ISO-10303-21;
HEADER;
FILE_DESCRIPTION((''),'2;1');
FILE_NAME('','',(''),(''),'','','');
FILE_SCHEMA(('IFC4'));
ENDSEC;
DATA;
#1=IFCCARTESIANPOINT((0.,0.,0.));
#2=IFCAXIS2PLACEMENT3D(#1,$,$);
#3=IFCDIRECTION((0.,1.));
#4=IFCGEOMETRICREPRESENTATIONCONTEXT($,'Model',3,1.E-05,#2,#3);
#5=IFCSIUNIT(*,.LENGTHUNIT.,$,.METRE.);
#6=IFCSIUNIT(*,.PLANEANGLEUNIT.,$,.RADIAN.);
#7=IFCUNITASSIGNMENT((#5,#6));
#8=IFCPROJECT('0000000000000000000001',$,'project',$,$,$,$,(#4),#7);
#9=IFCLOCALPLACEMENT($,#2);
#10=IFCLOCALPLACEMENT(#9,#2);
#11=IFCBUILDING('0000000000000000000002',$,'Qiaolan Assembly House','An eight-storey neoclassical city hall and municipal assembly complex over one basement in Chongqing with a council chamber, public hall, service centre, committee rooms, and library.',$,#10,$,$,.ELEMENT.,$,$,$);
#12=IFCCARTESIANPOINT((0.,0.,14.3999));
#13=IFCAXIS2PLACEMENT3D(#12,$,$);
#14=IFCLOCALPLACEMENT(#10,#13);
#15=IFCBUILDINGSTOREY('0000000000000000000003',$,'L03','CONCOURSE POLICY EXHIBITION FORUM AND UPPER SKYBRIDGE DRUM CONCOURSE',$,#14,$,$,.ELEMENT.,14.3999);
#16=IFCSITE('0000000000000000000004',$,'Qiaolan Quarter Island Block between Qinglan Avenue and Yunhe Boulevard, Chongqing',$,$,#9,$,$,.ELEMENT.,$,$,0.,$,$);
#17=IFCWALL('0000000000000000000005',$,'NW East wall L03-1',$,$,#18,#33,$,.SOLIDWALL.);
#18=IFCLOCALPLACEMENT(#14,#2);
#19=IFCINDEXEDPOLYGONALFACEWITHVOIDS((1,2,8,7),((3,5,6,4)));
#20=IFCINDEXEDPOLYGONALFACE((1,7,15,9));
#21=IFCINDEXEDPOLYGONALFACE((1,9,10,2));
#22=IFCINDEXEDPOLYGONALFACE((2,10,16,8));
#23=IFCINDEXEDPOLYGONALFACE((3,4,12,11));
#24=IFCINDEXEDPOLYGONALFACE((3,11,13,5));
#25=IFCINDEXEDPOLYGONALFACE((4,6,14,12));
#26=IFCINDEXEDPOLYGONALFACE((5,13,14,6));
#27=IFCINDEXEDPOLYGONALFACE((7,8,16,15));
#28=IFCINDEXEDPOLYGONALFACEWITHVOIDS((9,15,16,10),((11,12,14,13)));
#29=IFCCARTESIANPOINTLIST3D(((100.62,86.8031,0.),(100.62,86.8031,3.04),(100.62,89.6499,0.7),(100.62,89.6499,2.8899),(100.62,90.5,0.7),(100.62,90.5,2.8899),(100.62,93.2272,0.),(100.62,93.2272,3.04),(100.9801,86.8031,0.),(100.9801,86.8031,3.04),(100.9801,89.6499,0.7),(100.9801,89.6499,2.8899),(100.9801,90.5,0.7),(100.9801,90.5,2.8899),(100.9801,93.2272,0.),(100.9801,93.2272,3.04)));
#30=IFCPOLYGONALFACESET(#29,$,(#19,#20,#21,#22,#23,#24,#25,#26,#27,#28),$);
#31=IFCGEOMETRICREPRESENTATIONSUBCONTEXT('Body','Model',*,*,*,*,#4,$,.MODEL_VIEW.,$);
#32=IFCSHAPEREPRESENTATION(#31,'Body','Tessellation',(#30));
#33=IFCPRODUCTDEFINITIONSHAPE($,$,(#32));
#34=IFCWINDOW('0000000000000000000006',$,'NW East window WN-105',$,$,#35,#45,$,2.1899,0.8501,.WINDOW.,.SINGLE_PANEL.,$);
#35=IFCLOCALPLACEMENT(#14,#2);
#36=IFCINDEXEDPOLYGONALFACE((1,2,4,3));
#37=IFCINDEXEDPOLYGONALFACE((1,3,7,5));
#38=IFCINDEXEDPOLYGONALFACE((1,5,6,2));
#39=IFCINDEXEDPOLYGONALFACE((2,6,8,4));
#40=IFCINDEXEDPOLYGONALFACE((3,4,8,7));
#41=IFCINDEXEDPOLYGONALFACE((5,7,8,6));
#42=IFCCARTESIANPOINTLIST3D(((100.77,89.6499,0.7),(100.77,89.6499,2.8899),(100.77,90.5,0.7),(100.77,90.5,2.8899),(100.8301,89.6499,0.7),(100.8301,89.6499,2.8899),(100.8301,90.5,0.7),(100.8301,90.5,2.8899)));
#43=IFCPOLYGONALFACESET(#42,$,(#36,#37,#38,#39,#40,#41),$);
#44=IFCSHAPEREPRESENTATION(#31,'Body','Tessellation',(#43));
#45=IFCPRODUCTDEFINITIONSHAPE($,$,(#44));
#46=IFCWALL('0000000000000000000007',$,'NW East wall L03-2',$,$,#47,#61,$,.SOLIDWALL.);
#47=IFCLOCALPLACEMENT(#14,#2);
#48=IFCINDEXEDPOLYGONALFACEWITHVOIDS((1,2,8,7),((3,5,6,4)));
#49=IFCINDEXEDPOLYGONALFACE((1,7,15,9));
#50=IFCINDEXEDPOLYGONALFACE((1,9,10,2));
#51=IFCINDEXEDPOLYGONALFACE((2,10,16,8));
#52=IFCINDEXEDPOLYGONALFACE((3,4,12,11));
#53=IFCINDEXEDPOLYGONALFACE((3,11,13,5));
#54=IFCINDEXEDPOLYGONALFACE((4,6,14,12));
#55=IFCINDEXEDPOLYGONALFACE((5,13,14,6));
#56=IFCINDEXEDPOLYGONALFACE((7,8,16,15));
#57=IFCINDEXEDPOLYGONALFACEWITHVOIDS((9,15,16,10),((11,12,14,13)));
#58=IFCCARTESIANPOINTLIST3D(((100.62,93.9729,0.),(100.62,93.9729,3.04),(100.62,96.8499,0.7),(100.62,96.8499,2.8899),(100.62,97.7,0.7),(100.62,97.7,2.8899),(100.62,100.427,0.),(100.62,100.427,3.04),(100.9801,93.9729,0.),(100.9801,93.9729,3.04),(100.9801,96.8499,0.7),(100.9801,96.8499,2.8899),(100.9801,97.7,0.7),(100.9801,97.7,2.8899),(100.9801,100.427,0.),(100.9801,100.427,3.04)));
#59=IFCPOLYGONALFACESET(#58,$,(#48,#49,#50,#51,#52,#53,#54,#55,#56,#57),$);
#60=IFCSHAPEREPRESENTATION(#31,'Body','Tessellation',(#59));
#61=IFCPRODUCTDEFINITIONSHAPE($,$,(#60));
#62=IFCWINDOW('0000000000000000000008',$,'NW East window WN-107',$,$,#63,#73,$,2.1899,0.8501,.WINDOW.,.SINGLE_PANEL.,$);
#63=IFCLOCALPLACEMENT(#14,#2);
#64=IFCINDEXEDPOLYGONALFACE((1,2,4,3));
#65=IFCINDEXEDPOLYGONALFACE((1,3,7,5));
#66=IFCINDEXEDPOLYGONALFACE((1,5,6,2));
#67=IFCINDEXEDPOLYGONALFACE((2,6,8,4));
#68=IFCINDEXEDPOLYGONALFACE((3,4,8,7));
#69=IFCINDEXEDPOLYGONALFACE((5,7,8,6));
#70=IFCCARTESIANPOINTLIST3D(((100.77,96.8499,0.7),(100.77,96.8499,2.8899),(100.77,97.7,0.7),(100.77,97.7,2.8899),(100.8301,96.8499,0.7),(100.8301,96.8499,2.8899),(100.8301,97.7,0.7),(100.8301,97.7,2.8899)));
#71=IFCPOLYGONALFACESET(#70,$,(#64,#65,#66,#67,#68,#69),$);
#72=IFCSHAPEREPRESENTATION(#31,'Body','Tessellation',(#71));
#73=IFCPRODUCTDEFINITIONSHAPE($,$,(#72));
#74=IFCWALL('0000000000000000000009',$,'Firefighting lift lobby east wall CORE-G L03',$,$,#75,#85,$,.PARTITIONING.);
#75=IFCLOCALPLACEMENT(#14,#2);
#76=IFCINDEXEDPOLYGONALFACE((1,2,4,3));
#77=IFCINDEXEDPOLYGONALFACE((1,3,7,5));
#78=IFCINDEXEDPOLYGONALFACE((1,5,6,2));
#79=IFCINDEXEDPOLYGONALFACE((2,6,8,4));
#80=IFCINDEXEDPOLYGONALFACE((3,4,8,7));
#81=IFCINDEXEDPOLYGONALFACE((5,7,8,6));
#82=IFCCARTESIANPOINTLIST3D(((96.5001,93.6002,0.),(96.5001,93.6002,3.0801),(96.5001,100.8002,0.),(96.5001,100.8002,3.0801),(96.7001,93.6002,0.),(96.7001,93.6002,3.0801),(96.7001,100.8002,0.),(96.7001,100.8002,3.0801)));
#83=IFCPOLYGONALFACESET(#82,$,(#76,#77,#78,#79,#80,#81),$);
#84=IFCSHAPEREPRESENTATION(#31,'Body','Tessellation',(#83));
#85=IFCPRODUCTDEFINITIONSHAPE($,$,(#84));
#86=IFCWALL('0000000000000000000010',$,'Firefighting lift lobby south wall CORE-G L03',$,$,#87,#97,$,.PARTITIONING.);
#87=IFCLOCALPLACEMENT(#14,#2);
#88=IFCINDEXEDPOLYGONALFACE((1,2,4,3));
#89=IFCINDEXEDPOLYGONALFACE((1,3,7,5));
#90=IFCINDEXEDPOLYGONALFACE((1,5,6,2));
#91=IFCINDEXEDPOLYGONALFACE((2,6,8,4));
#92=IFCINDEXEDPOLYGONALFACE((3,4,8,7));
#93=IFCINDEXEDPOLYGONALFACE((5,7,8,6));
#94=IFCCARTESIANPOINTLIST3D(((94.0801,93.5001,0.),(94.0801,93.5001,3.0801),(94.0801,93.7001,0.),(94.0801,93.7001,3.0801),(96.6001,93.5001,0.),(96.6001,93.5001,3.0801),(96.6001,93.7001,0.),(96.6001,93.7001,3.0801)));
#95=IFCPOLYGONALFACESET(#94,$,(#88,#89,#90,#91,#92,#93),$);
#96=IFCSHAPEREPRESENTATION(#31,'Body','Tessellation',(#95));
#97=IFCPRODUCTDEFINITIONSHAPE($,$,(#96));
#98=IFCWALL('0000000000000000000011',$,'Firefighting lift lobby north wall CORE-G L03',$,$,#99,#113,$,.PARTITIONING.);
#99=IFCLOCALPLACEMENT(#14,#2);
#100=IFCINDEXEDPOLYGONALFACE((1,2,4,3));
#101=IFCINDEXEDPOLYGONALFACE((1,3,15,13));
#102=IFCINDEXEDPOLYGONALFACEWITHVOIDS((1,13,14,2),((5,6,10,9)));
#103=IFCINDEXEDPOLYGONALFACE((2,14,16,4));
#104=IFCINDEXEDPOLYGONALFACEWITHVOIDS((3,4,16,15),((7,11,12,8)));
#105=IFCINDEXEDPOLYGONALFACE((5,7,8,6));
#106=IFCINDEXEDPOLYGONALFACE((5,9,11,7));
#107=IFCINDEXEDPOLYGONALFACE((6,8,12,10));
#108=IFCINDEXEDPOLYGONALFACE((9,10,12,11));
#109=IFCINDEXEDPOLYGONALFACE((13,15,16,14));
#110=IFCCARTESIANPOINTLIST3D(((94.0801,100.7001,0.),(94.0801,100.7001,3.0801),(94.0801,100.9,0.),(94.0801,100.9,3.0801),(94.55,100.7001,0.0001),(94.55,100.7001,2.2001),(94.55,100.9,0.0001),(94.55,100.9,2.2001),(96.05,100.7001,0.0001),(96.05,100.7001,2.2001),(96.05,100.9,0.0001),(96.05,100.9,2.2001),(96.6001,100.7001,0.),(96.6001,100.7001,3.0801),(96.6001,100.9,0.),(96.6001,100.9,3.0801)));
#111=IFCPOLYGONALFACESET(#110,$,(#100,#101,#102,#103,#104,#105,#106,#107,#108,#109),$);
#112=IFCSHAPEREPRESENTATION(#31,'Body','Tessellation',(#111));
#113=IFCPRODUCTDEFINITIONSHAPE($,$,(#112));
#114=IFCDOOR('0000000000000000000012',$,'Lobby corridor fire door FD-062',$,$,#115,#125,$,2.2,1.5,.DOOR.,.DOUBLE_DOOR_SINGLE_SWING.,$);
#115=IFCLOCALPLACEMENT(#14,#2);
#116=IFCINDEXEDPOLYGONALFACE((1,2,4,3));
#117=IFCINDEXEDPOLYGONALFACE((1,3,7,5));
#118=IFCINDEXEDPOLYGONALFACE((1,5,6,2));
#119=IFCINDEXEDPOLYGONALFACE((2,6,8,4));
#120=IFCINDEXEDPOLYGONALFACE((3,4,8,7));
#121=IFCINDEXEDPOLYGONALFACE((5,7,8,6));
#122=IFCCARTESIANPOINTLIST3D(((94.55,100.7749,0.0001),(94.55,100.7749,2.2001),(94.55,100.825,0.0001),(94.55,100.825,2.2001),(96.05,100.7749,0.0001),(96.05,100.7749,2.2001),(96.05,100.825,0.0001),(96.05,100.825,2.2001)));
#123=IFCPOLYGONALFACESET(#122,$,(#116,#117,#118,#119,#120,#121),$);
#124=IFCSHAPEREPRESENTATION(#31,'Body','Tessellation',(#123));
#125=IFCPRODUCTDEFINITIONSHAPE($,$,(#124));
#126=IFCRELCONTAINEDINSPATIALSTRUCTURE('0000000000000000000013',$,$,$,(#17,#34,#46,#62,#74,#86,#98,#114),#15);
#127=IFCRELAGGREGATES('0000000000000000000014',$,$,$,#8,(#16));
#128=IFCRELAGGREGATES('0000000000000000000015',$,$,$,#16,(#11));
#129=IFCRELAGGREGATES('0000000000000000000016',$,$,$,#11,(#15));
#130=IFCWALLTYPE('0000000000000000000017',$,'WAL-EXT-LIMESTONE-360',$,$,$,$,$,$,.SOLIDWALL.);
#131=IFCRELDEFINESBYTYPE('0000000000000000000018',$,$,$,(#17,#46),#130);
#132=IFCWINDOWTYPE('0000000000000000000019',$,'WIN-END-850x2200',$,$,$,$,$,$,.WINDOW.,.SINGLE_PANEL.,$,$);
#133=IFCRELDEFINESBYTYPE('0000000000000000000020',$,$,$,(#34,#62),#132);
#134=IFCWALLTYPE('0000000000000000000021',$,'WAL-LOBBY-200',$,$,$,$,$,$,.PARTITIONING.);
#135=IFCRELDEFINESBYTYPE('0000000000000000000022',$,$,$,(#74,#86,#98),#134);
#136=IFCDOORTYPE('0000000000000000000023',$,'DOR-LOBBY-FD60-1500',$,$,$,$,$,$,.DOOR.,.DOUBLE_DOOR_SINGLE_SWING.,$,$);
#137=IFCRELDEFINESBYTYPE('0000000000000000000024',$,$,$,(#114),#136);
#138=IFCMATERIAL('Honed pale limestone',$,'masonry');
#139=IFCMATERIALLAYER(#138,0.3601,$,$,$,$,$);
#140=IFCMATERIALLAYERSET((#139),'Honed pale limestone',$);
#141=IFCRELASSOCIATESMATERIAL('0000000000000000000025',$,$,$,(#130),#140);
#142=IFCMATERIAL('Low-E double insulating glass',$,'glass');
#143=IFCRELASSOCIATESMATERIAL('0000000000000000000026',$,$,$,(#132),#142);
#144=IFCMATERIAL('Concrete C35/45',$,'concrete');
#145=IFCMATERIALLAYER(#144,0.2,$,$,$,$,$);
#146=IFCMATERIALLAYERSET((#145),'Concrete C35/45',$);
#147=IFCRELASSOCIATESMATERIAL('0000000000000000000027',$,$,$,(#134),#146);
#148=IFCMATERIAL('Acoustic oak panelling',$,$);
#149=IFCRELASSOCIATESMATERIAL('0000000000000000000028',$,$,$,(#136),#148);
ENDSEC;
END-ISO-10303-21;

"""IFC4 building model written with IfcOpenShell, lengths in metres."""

from ifc_helpers import new_model, si_unit, direction, frame, frame_2d, origin, place, context, subcontext, project, spatial, rectangle, extrude, material, layer, layer_set, type_object, element, fill, save


model = new_model("IFC4")

# Units and contexts
model_context = context("Model", 3, precision=1e-05, world=origin(), true_north=direction((0.0, 1.0)))
body_context = subcontext(model_context, "Body", "Model", "MODEL_VIEW")
ifc_project = project(units=[si_unit("LENGTHUNIT", "METRE"), si_unit("PLANEANGLEUNIT", "RADIAN")], contexts=[model_context])

# Site, building, storey
site_placement = place(None, origin())
site = spatial("IfcSite", under=ifc_project, at=site_placement, Name="Qiaolan Quarter Island Block between Qinglan Avenue and Yunhe Boulevard, Chongqing", CompositionType="ELEMENT", RefElevation=0.0)
building_placement = place(site_placement, origin())
building = spatial("IfcBuilding", under=site, at=building_placement, Name="Qiaolan Assembly House", Description="An eight-storey neoclassical city hall and municipal assembly complex over one basement in Chongqing with a council chamber, public hall, service centre, committee rooms, and library.", CompositionType="ELEMENT")
storey_placement = place(building_placement, frame((0.0, 0.0, 14.3999)))
storey = spatial("IfcBuildingStorey", under=building, at=storey_placement, Name="L03", Description="CONCOURSE POLICY EXHIBITION FORUM AND UPPER SKYBRIDGE DRUM CONCOURSE", CompositionType="ELEMENT", Elevation=14.3999)

# Walls, openings, windows
ifc_material_1 = material(Name="Honed pale limestone", Category="masonry")
ifc_layer_1 = layer(ifc_material_1, 0.3601)
ifc_layer_set_1 = layer_set([ifc_layer_1], Name="Honed pale limestone")
wall_type_1 = type_object("IfcWallType", Name="WAL-EXT-LIMESTONE-360", PredefinedType="SOLIDWALL", material=ifc_layer_set_1)
wall_1_placement = place(storey_placement, frame((100.8, 93.2271, 0.0), z_axis=(0.0, 0.0, 1.0), x_axis=(0.0, -1.0, 0.0)))
wall_1 = element("IfcWall", 1, at=wall_1_placement, inside=storey, type_object=wall_type_1, Name="NW East wall L03-1", PredefinedType="SOLIDWALL", context=body_context, shape_type="SweptSolid", body=[
    extrude(rectangle(XDim=6.4241, YDim=0.3601, at=frame_2d((3.2119, 0.0))), origin(), (0.0, 0.0, 1.0), 3.04),
])
opening_1_placement = place(wall_1_placement, frame((2.7271, 0.0, 0.7)))
opening_1 = element("IfcOpeningElement", 2, at=opening_1_placement, cuts=wall_1, PredefinedType="OPENING", context=body_context, shape_type="SweptSolid", body=[
    extrude(rectangle(XDim=0.8501, YDim=2.1899, at=frame_2d((0.425, 1.095))), frame((0.0, 0.1899, 0.0), z_axis=(0.0, -1.0, 0.0), x_axis=(1.0, 0.0, 0.0)), (0.0, 0.0, 1.0), 0.3801),
])
ifc_material_2 = material(Name="Low-E double insulating glass", Category="glass")
window_type = type_object("IfcWindowType", Name="WIN-END-850x2200", PartitioningType="SINGLE_PANEL", PredefinedType="WINDOW", material=ifc_material_2)
window_1_placement = place(opening_1_placement, origin())
window_1 = element("IfcWindow", 3, at=window_1_placement, inside=storey, type_object=window_type, Name="NW East window WN-105", OverallHeight=2.1899, OverallWidth=0.8501, PartitioningType="SINGLE_PANEL", PredefinedType="WINDOW", context=body_context, shape_type="SweptSolid", body=[
    extrude(rectangle(XDim=0.8501, YDim=2.1899, at=frame_2d((0.425, 1.095))), frame((0.0, 0.03, 0.0), z_axis=(0.0, -1.0, 0.0), x_axis=(1.0, 0.0, 0.0)), (0.0, 0.0, 1.0), 0.0601),
])
fill(opening_1, window_1)
wall_2_placement = place(storey_placement, frame((100.8, 100.427, 0.0), z_axis=(0.0, 0.0, 1.0), x_axis=(0.0, -1.0, 0.0)))
wall_2 = element("IfcWall", 4, at=wall_2_placement, inside=storey, type_object=wall_type_1, Name="NW East wall L03-2", PredefinedType="SOLIDWALL", context=body_context, shape_type="SweptSolid", body=[
    extrude(rectangle(XDim=6.4541, YDim=0.3601, at=frame_2d((3.2271, 0.0))), origin(), (0.0, 0.0, 1.0), 3.04),
])
opening_2_placement = place(wall_2_placement, frame((2.7271, 0.0, 0.7)))
opening_2 = element("IfcOpeningElement", 5, at=opening_2_placement, cuts=wall_2, PredefinedType="OPENING", context=body_context, shape_type="SweptSolid", body=[
    extrude(rectangle(XDim=0.8501, YDim=2.1899, at=frame_2d((0.425, 1.095))), frame((0.0, 0.1899, 0.0), z_axis=(0.0, -1.0, 0.0), x_axis=(1.0, 0.0, 0.0)), (0.0, 0.0, 1.0), 0.3801),
])
window_2_placement = place(opening_2_placement, origin())
window_2 = element("IfcWindow", 6, at=window_2_placement, inside=storey, type_object=window_type, Name="NW East window WN-107", OverallHeight=2.1899, OverallWidth=0.8501, PartitioningType="SINGLE_PANEL", PredefinedType="WINDOW", context=body_context, shape_type="SweptSolid", body=[
    extrude(rectangle(XDim=0.8501, YDim=2.1899, at=frame_2d((0.425, 1.095))), frame((0.0, 0.03, 0.0), z_axis=(0.0, -1.0, 0.0), x_axis=(1.0, 0.0, 0.0)), (0.0, 0.0, 1.0), 0.0601),
])
fill(opening_2, window_2)

# Walls
ifc_material_3 = material(Name="Concrete C35/45", Category="concrete")
ifc_layer_2 = layer(ifc_material_3, 0.2)
ifc_layer_set_2 = layer_set([ifc_layer_2], Name="Concrete C35/45")
wall_type_2 = type_object("IfcWallType", Name="WAL-LOBBY-200", PredefinedType="PARTITIONING", material=ifc_layer_set_2)
wall_3_placement = place(storey_placement, frame((96.6001, 93.6001, 0.0), z_axis=(0.0, 0.0, 1.0), x_axis=(0.0, 1.0, 0.0)))
element("IfcWall", 7, at=wall_3_placement, inside=storey, type_object=wall_type_2, Name="Firefighting lift lobby east wall CORE-G L03", PredefinedType="PARTITIONING", context=body_context, shape_type="SweptSolid", body=[
    extrude(rectangle(XDim=7.2, YDim=0.2, at=frame_2d((3.6001, 0.0))), origin(), (0.0, 0.0, 1.0), 3.0801),
])
wall_4_placement = place(storey_placement, frame((94.0801, 93.6001, 0.0), z_axis=(0.0, 0.0, 1.0), x_axis=(1.0, 0.0, 0.0)))
element("IfcWall", 8, at=wall_4_placement, inside=storey, type_object=wall_type_2, Name="Firefighting lift lobby south wall CORE-G L03", PredefinedType="PARTITIONING", context=body_context, shape_type="SweptSolid", body=[
    extrude(rectangle(XDim=2.52, YDim=0.2, at=frame_2d((1.26, 0.0))), origin(), (0.0, 0.0, 1.0), 3.0801),
])

# Wall, opening, door
wall_5_placement = place(storey_placement, frame((96.6001, 100.8, 0.0), z_axis=(0.0, 0.0, 1.0), x_axis=(-1.0, 0.0, 0.0)))
wall_5 = element("IfcWall", 9, at=wall_5_placement, inside=storey, type_object=wall_type_2, Name="Firefighting lift lobby north wall CORE-G L03", PredefinedType="PARTITIONING", context=body_context, shape_type="SweptSolid", body=[
    extrude(rectangle(XDim=2.52, YDim=0.2, at=frame_2d((1.26, 0.0))), origin(), (0.0, 0.0, 1.0), 3.0801),
])
opening_3_placement = place(wall_5_placement, frame((0.55, 0.0, 0.0)))
opening_3 = element("IfcOpeningElement", 10, at=opening_3_placement, cuts=wall_5, PredefinedType="OPENING", context=body_context, shape_type="SweptSolid", body=[
    extrude(rectangle(XDim=1.5, YDim=2.2, at=frame_2d((0.75, 1.1001))), frame((0.0, 0.1099, 0.0), z_axis=(0.0, -1.0, 0.0), x_axis=(1.0, 0.0, 0.0)), (0.0, 0.0, 1.0), 0.22),
])
ifc_material_4 = material(Name="Acoustic oak panelling")
door_type_1 = type_object("IfcDoorType", Name="DOR-LOBBY-FD60-1500", OperationType="DOUBLE_DOOR_SINGLE_SWING", PredefinedType="DOOR", material=ifc_material_4)
door_1_placement = place(opening_3_placement, frame((1.5, 0.0, 0.0), z_axis=(0.0, 0.0, 1.0), x_axis=(-1.0, 0.0, 0.0)))
door_1 = element("IfcDoor", 11, at=door_1_placement, inside=storey, type_object=door_type_1, Name="Lobby corridor fire door FD-062", OperationType="DOUBLE_DOOR_SINGLE_SWING", OverallHeight=2.2, OverallWidth=1.5, PredefinedType="DOOR", context=body_context, shape_type="SweptSolid", body=[
    extrude(rectangle(XDim=1.5, YDim=2.2, at=frame_2d((0.75, 1.1001))), frame((0.0, 0.0249, 0.0), z_axis=(0.0, -1.0, 0.0), x_axis=(1.0, 0.0, 0.0)), (0.0, 0.0, 1.0), 0.05),
])
fill(opening_3, door_1)

save(model, "model.ifc")
